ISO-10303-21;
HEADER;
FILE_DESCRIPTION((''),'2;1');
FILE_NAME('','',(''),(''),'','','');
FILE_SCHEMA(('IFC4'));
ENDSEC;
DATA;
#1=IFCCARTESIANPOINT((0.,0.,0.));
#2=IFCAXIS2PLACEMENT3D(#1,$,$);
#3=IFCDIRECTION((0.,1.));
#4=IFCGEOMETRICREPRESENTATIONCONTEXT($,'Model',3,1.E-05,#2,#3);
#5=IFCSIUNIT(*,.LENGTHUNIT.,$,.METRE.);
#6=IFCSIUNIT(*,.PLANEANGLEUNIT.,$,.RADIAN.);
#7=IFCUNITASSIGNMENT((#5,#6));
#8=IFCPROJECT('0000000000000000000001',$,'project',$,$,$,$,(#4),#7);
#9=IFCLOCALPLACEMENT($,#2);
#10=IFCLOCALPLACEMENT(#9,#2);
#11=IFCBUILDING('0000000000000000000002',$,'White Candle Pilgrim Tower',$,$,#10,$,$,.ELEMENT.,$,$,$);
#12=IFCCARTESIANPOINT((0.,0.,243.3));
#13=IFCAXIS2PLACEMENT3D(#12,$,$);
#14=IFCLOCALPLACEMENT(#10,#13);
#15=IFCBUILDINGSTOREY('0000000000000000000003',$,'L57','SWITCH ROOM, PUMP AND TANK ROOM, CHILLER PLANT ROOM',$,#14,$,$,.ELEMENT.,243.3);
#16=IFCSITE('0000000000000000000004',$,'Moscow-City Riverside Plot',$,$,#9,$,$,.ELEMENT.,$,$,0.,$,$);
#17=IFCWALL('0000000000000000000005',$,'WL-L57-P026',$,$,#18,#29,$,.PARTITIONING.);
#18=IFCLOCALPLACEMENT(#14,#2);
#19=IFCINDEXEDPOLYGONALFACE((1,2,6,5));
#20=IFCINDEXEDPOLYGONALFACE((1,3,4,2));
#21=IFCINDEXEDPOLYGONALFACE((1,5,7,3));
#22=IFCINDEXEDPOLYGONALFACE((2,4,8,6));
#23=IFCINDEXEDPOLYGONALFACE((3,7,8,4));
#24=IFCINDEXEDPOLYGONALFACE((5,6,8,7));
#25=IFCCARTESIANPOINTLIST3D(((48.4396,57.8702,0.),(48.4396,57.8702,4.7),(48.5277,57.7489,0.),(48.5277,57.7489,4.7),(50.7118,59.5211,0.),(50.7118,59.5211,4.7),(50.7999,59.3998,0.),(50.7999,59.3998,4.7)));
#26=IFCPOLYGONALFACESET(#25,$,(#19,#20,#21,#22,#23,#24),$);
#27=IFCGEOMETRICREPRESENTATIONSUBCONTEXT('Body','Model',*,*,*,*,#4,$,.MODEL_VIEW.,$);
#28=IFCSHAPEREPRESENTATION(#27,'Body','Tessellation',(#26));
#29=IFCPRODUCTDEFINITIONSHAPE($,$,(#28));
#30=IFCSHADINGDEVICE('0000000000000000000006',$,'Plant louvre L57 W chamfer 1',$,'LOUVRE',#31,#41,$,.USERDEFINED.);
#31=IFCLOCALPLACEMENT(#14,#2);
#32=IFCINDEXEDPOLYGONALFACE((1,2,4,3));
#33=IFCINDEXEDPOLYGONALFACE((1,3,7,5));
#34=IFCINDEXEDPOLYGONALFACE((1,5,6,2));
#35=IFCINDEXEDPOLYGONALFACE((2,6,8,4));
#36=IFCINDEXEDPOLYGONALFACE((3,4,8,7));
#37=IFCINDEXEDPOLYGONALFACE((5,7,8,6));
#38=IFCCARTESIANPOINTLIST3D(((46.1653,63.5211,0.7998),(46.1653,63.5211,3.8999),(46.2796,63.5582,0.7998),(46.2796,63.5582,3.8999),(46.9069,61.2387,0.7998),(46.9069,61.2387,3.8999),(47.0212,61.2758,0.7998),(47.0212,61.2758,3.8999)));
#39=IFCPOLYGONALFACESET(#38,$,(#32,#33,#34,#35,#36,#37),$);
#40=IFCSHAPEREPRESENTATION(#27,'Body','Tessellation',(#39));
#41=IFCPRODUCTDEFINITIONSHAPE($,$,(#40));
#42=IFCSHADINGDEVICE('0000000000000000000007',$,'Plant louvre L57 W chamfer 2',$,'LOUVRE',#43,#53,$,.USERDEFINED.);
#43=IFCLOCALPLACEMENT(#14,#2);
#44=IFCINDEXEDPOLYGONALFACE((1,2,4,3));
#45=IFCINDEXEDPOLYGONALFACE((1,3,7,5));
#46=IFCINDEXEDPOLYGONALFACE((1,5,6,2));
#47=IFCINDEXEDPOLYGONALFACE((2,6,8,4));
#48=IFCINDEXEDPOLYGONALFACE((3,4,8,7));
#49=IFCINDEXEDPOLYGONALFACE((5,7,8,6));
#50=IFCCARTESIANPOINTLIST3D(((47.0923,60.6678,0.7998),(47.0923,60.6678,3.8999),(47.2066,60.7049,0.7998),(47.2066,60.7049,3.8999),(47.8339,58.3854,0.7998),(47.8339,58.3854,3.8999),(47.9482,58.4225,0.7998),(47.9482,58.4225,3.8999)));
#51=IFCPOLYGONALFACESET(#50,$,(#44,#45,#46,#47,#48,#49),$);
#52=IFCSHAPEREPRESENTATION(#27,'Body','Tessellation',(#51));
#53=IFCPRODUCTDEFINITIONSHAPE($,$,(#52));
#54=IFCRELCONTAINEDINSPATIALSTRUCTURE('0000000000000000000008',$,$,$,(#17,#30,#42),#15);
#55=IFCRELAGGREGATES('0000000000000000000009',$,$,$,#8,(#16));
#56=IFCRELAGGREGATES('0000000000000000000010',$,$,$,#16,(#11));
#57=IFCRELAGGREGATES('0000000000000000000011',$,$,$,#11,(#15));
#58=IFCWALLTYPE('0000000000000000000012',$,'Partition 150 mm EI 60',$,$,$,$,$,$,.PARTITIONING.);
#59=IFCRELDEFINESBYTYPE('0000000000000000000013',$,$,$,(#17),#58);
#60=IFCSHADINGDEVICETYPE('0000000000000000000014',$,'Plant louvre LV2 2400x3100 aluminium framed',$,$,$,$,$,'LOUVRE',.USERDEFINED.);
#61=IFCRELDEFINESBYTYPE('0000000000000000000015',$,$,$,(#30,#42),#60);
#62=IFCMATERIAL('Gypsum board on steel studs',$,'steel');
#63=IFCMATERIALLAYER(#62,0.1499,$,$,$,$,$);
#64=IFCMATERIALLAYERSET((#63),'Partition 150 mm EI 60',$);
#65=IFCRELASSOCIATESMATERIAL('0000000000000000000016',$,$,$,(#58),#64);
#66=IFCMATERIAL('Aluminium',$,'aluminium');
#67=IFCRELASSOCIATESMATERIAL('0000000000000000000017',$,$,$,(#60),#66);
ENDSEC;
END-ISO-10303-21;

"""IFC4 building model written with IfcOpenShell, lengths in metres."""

from ifc_helpers import new_model, si_unit, direction, frame, frame_2d, origin, origin_2d, place, context, subcontext, project, spatial, rectangle, extrude, material, layer, layer_set, type_object, element, save


model = new_model("IFC4")

# Units and contexts
model_context = context("Model", 3, precision=1e-05, world=origin(), true_north=direction((0.0, 1.0)))
body_context = subcontext(model_context, "Body", "Model", "MODEL_VIEW")
ifc_project = project(units=[si_unit("LENGTHUNIT", "METRE"), si_unit("PLANEANGLEUNIT", "RADIAN")], contexts=[model_context])

# Site, building, storey
site_placement = place(None, origin())
site = spatial("IfcSite", under=ifc_project, at=site_placement, Name="Moscow-City Riverside Plot", CompositionType="ELEMENT", RefElevation=0.0)
building_placement = place(site_placement, origin())
building = spatial("IfcBuilding", under=site, at=building_placement, Name="White Candle Pilgrim Tower", CompositionType="ELEMENT")
storey_placement = place(building_placement, frame((0.0, 0.0, 243.3)))
storey = spatial("IfcBuildingStorey", under=building, at=storey_placement, Name="L57", Description="SWITCH ROOM, PUMP AND TANK ROOM, CHILLER PLANT ROOM", CompositionType="ELEMENT", Elevation=243.3)

# Wall
ifc_material_1 = material(Name="Gypsum board on steel studs", Category="steel")
ifc_layer_1 = layer(ifc_material_1, 0.1499)
ifc_layer_set_1 = layer_set([ifc_layer_1], Name="Partition 150 mm EI 60")
wall_type_1 = type_object("IfcWallType", Name="Partition 150 mm EI 60", PredefinedType="PARTITIONING", material=ifc_layer_set_1)
wall_1_placement = place(storey_placement, frame((48.4836, 57.8096, 0.0), z_axis=(0.0, 0.0, 1.0), x_axis=(0.809014, 0.587789, 0.0)))
element("IfcWall", 1, at=wall_1_placement, inside=storey, type_object=wall_type_1, Name="WL-L57-P026", PredefinedType="PARTITIONING", context=body_context, shape_type="SweptSolid", body=[
    extrude(rectangle(XDim=2.8086, YDim=0.1499, at=frame_2d((1.4043, 0.0))), origin(), (0.0, 0.0, 1.0), 4.7),
])

# Shading devices
ifc_material_2 = material(Name="Aluminium", Category="aluminium")
shading_device_type = type_object("IfcShadingDeviceType", Name="Plant louvre LV2 2400x3100 aluminium framed", ElementType="LOUVRE", PredefinedType="USERDEFINED", material=ifc_material_2)
for number, where, z_axis, x_axis, name in (
    (2, (46.5933, 62.3984, 0.7998), (0.0, 0.0, 1.0), (0.309017, -0.951057, 0.0), "Plant louvre L57 W chamfer 1"),
    (3, (47.5203, 59.5452, 0.7998), (0.0, 0.0, 1.0), (0.309017, -0.951057, 0.0), "Plant louvre L57 W chamfer 2"),
):
    element("IfcShadingDevice", number, at=place(storey_placement, frame(where, z_axis=z_axis, x_axis=x_axis)), inside=storey, type_object=shading_device_type, Name=name, ObjectType="LOUVRE", PredefinedType="USERDEFINED", context=body_context, shape_type="SweptSolid", body=[
        extrude(rectangle(XDim=2.3999, YDim=0.1201, at=origin_2d()), origin(), (0.0, 0.0, 1.0), 3.1001),
    ])

save(model, "model.ifc")
